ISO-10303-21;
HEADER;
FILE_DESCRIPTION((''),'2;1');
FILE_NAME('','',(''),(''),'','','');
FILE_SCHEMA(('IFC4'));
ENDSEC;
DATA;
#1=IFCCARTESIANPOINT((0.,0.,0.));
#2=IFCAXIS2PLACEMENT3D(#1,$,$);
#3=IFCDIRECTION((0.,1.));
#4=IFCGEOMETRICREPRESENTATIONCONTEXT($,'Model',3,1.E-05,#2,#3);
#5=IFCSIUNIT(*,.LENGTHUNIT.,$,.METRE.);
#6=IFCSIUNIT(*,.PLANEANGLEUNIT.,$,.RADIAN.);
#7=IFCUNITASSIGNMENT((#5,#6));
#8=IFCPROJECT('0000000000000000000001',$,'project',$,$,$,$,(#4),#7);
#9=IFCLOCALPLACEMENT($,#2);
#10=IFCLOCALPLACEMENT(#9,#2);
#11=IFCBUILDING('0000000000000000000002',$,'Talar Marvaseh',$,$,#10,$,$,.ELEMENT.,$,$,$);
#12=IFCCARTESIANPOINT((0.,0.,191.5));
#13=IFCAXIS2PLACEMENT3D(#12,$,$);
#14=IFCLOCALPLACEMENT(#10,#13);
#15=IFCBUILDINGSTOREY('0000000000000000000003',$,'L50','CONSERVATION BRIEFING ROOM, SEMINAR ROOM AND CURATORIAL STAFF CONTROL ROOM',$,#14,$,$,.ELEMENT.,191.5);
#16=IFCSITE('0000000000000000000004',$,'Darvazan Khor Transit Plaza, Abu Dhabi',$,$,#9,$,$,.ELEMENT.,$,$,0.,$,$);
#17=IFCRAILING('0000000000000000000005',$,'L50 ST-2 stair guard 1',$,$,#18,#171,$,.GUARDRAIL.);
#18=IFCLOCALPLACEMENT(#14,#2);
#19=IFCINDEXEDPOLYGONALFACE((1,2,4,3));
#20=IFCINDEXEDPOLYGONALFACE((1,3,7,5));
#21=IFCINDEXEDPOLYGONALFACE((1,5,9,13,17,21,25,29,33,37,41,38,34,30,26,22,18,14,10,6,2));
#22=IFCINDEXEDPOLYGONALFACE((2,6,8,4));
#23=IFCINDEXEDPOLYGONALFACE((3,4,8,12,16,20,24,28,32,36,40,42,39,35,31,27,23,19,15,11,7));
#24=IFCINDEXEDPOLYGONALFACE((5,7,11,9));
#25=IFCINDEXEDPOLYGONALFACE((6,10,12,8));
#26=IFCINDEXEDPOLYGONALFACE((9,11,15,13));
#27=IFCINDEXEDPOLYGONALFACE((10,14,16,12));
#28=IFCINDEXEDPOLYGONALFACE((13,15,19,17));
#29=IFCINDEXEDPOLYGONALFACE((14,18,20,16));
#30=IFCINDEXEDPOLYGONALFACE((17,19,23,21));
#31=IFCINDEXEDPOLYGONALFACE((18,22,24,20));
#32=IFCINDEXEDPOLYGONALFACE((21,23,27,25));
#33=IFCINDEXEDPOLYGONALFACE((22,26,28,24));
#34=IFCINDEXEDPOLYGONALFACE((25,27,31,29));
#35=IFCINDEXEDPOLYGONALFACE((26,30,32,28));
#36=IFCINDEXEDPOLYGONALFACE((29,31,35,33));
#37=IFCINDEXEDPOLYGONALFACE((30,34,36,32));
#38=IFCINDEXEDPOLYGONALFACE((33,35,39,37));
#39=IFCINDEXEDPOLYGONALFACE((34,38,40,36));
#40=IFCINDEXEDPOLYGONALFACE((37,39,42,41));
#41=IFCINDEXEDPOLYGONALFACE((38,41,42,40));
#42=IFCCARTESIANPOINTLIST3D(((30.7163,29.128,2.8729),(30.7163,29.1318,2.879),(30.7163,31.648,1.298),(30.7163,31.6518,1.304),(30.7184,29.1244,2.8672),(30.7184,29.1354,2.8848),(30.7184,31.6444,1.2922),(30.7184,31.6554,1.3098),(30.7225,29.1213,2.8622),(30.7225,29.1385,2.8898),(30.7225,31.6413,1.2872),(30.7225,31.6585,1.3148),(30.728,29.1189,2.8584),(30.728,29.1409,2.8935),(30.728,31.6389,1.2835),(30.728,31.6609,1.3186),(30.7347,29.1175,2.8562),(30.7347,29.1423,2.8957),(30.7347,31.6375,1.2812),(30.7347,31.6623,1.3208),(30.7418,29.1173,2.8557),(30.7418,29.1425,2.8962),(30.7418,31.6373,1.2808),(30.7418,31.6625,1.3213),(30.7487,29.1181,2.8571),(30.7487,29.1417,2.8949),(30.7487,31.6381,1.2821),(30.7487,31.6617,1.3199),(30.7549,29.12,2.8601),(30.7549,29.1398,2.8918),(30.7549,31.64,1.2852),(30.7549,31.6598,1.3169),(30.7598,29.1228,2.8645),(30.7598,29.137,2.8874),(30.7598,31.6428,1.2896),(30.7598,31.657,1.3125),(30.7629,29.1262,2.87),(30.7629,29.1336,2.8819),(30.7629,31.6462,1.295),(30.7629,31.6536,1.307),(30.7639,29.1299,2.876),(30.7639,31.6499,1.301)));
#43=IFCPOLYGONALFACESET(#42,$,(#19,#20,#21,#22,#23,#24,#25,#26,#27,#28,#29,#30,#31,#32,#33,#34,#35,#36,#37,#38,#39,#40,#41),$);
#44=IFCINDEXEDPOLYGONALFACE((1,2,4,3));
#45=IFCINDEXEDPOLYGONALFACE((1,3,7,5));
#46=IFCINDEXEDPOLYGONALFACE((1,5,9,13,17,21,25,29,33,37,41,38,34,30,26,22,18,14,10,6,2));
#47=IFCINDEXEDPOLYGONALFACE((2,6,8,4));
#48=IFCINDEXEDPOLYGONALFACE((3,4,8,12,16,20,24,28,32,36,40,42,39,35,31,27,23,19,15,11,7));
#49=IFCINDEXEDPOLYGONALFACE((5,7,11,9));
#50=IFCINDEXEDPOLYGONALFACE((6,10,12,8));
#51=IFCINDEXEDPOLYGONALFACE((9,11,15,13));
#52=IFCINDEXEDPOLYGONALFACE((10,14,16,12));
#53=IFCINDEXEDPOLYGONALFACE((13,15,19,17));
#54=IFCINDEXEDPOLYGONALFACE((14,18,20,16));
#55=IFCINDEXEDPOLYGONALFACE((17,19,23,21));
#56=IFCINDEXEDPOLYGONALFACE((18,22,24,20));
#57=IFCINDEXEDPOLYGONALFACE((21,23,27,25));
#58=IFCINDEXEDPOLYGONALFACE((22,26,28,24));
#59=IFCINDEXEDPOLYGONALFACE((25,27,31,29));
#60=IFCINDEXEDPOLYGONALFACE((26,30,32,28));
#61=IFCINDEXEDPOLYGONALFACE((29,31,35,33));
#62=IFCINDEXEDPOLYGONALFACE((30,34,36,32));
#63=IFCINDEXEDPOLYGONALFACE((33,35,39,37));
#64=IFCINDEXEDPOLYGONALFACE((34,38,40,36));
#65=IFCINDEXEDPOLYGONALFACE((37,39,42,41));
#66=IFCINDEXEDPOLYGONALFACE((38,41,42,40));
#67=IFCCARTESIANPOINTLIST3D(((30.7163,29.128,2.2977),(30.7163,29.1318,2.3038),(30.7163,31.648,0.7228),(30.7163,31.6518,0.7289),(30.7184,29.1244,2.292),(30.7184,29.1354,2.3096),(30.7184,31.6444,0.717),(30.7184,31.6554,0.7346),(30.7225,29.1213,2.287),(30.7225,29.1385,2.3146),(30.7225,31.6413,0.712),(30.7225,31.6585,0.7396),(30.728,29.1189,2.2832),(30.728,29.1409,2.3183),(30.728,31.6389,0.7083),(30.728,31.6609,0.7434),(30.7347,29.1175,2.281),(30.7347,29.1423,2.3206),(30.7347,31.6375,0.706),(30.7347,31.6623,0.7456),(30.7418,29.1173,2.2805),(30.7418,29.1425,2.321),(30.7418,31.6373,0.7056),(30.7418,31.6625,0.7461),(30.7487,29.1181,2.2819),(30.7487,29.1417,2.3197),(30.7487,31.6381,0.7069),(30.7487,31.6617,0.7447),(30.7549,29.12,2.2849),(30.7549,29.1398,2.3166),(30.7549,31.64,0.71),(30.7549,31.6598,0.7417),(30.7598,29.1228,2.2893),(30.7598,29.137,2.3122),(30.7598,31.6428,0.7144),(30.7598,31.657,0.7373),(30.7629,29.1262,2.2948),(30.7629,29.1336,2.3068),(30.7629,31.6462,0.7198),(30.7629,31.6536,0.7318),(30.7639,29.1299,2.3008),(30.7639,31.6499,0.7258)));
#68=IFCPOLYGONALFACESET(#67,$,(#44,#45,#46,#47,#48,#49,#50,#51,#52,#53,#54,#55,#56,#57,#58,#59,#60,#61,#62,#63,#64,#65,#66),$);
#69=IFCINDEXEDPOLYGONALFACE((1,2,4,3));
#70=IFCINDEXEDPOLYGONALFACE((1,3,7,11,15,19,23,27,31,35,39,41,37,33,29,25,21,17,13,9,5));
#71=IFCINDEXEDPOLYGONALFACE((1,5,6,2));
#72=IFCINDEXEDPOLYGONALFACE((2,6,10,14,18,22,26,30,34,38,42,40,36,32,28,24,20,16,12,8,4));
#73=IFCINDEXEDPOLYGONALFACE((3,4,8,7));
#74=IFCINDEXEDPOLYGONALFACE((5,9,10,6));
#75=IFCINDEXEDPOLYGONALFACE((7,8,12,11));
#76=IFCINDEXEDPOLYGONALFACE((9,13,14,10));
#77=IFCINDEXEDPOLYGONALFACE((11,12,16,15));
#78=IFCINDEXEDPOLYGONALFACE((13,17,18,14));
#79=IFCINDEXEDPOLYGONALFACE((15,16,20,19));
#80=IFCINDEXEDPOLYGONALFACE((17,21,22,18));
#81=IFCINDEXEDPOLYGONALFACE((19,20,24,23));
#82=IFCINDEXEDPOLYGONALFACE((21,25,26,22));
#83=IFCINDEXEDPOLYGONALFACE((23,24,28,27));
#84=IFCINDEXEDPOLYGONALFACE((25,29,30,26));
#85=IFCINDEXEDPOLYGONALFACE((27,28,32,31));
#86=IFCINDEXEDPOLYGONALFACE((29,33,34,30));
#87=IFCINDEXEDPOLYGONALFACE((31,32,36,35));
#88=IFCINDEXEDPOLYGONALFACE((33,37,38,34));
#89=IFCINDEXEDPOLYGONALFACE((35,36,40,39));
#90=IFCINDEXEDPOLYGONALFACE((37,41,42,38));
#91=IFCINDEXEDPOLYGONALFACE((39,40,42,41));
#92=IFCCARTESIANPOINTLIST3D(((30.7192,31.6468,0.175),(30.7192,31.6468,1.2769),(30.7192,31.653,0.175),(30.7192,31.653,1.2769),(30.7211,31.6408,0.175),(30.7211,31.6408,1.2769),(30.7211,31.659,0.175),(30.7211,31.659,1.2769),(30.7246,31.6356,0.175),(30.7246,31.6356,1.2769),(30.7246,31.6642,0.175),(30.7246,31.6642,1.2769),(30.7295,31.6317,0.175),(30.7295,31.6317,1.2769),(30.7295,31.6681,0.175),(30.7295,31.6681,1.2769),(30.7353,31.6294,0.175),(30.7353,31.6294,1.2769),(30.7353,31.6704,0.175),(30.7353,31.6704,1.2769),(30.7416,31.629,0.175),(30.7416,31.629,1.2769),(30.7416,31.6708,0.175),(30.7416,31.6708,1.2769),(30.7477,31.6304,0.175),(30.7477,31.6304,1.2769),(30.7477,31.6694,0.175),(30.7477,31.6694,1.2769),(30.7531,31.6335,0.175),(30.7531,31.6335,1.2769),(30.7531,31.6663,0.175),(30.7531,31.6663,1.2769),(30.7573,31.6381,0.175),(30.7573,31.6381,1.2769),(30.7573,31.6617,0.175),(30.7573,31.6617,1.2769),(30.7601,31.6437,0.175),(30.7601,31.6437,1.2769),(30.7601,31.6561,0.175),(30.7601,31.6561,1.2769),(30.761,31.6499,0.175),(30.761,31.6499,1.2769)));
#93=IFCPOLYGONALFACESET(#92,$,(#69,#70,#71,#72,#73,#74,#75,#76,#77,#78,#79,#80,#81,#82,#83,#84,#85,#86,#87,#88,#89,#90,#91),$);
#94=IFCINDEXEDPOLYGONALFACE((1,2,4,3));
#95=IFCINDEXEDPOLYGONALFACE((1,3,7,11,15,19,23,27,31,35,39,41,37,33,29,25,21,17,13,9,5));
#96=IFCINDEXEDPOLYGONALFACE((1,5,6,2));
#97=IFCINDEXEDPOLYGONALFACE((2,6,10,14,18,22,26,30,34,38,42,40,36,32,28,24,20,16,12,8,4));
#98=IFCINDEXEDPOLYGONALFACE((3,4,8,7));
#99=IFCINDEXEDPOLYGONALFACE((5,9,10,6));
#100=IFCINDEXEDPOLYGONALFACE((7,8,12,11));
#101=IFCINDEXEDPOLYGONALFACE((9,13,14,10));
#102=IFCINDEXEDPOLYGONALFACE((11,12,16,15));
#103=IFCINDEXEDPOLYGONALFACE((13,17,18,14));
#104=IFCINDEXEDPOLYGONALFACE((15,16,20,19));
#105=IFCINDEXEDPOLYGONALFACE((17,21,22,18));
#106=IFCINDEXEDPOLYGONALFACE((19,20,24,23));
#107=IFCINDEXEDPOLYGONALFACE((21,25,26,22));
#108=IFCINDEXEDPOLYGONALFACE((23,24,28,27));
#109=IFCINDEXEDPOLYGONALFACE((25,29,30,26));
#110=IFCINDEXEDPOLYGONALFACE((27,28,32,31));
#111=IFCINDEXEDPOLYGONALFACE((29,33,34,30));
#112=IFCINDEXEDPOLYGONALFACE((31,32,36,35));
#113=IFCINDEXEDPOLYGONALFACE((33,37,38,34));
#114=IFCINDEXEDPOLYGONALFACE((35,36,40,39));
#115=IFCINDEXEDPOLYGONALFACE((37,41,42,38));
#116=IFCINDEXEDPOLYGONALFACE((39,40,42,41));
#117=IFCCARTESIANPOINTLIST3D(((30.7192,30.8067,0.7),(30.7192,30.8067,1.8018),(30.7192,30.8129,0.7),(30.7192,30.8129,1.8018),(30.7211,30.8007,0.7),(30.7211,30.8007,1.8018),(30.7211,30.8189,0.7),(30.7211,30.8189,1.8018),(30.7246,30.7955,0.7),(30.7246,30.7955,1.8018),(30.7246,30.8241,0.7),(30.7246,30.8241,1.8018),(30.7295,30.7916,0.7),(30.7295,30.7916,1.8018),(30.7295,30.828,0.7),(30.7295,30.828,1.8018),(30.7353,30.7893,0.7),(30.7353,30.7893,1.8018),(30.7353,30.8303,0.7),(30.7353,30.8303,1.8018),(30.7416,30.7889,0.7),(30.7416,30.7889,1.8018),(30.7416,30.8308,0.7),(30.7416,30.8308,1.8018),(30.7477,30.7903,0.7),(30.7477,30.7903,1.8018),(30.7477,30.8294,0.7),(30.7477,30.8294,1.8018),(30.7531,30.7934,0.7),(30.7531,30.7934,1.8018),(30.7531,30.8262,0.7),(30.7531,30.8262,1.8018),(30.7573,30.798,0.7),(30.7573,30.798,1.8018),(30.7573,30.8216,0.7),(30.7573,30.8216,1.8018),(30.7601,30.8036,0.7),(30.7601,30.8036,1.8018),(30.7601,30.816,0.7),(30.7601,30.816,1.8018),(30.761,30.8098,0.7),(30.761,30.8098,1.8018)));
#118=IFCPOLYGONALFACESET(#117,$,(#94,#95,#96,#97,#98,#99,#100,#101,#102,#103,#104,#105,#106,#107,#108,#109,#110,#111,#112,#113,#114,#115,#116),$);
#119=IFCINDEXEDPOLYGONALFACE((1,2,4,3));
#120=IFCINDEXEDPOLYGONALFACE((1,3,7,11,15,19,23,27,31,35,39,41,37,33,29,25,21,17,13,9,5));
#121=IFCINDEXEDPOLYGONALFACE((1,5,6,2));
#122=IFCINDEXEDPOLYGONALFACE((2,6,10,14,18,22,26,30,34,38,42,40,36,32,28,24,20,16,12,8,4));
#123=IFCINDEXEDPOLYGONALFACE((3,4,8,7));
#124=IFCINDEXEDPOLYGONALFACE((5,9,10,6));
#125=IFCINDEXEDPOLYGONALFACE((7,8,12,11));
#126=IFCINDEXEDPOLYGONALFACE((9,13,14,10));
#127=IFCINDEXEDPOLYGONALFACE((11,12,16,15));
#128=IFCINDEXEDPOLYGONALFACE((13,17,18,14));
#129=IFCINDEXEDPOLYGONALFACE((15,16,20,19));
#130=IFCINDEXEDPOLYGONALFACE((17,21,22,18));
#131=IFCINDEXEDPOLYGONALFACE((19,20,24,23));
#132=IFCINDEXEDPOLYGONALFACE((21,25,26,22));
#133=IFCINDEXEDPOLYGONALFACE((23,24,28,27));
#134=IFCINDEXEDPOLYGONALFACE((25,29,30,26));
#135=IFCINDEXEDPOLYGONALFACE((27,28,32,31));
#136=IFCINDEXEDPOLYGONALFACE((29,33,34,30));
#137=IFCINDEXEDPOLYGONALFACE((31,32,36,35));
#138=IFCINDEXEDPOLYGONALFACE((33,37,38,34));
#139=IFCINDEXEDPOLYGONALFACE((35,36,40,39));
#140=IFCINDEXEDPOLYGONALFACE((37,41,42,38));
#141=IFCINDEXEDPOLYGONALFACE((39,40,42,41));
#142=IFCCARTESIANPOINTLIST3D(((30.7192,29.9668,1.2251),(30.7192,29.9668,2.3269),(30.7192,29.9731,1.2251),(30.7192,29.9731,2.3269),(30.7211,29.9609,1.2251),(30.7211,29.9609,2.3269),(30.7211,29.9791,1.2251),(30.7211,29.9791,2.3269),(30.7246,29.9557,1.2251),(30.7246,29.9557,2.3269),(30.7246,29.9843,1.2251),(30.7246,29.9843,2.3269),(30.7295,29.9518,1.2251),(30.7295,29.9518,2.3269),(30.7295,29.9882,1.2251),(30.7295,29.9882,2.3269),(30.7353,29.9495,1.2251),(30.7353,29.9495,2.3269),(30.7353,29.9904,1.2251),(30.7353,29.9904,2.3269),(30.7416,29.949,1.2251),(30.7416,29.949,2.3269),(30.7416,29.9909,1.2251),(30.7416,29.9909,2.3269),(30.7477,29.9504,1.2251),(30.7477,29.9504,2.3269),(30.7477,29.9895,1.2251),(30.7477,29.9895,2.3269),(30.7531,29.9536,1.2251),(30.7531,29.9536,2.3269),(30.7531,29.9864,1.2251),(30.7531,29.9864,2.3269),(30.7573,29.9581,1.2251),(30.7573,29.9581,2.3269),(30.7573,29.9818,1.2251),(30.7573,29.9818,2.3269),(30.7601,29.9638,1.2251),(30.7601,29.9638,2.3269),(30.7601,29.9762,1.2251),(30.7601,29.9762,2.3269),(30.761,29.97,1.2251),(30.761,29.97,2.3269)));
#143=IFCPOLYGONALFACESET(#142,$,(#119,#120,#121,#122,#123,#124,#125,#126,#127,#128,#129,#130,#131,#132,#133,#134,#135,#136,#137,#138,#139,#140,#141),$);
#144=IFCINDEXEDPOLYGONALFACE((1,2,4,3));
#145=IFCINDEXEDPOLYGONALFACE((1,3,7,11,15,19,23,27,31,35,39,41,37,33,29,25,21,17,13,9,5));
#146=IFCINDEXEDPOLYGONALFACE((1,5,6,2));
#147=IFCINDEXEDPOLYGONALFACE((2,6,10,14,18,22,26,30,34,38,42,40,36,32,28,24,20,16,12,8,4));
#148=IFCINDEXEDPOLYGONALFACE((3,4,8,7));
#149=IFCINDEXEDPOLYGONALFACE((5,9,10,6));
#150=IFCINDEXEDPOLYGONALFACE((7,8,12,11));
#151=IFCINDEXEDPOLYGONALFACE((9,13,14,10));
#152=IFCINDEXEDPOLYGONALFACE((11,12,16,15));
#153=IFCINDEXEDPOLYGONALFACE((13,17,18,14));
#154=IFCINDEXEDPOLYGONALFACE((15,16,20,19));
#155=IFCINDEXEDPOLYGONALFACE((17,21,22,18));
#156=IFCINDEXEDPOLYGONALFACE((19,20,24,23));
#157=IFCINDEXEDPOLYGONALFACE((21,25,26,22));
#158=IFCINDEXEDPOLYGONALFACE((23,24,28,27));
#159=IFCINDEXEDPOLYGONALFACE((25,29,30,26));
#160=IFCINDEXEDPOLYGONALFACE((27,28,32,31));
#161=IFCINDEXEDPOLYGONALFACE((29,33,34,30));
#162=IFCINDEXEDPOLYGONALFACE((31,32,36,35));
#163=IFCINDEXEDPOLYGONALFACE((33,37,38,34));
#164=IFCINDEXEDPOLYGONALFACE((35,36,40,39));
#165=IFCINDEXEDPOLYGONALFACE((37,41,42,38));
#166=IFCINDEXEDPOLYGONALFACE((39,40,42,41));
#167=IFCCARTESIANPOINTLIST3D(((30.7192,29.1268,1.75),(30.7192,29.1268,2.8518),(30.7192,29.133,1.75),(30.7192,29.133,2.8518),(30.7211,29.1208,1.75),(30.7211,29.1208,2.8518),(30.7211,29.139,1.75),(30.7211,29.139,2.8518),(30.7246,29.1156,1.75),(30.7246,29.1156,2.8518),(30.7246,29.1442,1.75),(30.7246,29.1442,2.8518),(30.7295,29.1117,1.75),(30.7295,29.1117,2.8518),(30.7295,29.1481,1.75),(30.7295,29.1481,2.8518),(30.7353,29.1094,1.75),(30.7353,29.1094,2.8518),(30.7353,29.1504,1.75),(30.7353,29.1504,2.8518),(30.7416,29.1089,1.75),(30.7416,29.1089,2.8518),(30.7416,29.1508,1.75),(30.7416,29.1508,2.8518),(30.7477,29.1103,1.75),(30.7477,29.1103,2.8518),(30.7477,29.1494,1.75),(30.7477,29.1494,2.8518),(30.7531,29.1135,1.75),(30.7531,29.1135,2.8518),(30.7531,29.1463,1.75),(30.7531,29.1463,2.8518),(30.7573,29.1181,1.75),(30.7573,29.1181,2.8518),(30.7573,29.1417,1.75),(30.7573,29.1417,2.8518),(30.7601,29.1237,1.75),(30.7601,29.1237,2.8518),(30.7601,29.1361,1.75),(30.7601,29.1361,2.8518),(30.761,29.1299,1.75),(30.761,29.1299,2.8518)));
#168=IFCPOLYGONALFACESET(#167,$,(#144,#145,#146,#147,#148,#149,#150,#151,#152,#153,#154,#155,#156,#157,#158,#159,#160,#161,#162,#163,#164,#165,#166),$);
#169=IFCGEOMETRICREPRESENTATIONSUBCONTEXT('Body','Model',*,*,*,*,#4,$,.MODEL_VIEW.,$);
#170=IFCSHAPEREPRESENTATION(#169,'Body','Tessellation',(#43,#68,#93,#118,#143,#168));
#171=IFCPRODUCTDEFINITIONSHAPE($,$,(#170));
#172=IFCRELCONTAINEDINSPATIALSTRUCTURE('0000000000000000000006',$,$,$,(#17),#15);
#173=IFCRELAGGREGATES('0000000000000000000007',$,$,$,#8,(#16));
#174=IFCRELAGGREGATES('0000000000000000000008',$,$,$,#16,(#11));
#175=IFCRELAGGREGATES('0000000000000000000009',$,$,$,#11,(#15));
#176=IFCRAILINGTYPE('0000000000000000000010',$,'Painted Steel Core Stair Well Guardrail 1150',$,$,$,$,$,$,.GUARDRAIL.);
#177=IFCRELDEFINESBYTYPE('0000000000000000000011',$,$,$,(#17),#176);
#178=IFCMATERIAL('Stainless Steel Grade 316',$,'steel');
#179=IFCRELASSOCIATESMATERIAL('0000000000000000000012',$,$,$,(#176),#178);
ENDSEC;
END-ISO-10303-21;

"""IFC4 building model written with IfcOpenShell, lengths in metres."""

from ifc_helpers import new_model, si_unit, direction, frame, origin, origin_2d, place, context, subcontext, project, spatial, circle, extrude, material, type_object, element, save


model = new_model("IFC4")

# Units and contexts
model_context = context("Model", 3, precision=1e-05, world=origin(), true_north=direction((0.0, 1.0)))
body_context = subcontext(model_context, "Body", "Model", "MODEL_VIEW")
ifc_project = project(units=[si_unit("LENGTHUNIT", "METRE"), si_unit("PLANEANGLEUNIT", "RADIAN")], contexts=[model_context])

# Site, building, storey
site_placement = place(None, origin())
site = spatial("IfcSite", under=ifc_project, at=site_placement, Name="Darvazan Khor Transit Plaza, Abu Dhabi", CompositionType="ELEMENT", RefElevation=0.0)
building_placement = place(site_placement, origin())
building = spatial("IfcBuilding", under=site, at=building_placement, Name="Talar Marvaseh", CompositionType="ELEMENT")
storey_placement = place(building_placement, frame((0.0, 0.0, 191.5)))
storey = spatial("IfcBuildingStorey", under=building, at=storey_placement, Name="L50", Description="CONSERVATION BRIEFING ROOM, SEMINAR ROOM AND CURATORIAL STAFF CONTROL ROOM", CompositionType="ELEMENT", Elevation=191.5)

# Shared definitions
ifc_material_1 = material(Name="Stainless Steel Grade 316", Category="steel")

# Railing
railing_type_1 = type_object("IfcRailingType", Name="Painted Steel Core Stair Well Guardrail 1150", PredefinedType="GUARDRAIL", material=ifc_material_1)
railing_1_placement = place(storey_placement, frame((30.74, 31.6499, 0.175)))
element("IfcRailing", 1, at=railing_1_placement, inside=storey, type_object=railing_type_1, Name="L50 ST-2 stair guard 1", PredefinedType="GUARDRAIL", context=body_context, shape_type="SweptSolid", body=[
    extrude(circle(Radius=0.0239, at=origin_2d()), frame((0.0, 0.0, 1.126), z_axis=(0.0, -0.848008, 0.529984), x_axis=(1.0, 0.0, 0.0)), (0.0, 0.0, 1.0), 2.9717),
    extrude(circle(Radius=0.0239, at=origin_2d()), frame((0.0, 0.0, 0.5508), z_axis=(0.0, -0.848008, 0.529984), x_axis=(1.0, 0.0, 0.0)), (0.0, 0.0, 1.0), 2.9717),
    extrude(circle(Radius=0.021, at=origin_2d()), origin(), (0.0, 0.0, 1.0), 1.1018),
    extrude(circle(Radius=0.021, at=origin_2d()), frame((0.0, -0.8401, 0.5249)), (0.0, 0.0, 1.0), 1.1018),
    extrude(circle(Radius=0.021, at=origin_2d()), frame((0.0, -1.6799, 1.05)), (0.0, 0.0, 1.0), 1.1018),
    extrude(circle(Radius=0.021, at=origin_2d()), frame((0.0, -2.52, 1.575)), (0.0, 0.0, 1.0), 1.1018),
])

save(model, "model.ifc")
